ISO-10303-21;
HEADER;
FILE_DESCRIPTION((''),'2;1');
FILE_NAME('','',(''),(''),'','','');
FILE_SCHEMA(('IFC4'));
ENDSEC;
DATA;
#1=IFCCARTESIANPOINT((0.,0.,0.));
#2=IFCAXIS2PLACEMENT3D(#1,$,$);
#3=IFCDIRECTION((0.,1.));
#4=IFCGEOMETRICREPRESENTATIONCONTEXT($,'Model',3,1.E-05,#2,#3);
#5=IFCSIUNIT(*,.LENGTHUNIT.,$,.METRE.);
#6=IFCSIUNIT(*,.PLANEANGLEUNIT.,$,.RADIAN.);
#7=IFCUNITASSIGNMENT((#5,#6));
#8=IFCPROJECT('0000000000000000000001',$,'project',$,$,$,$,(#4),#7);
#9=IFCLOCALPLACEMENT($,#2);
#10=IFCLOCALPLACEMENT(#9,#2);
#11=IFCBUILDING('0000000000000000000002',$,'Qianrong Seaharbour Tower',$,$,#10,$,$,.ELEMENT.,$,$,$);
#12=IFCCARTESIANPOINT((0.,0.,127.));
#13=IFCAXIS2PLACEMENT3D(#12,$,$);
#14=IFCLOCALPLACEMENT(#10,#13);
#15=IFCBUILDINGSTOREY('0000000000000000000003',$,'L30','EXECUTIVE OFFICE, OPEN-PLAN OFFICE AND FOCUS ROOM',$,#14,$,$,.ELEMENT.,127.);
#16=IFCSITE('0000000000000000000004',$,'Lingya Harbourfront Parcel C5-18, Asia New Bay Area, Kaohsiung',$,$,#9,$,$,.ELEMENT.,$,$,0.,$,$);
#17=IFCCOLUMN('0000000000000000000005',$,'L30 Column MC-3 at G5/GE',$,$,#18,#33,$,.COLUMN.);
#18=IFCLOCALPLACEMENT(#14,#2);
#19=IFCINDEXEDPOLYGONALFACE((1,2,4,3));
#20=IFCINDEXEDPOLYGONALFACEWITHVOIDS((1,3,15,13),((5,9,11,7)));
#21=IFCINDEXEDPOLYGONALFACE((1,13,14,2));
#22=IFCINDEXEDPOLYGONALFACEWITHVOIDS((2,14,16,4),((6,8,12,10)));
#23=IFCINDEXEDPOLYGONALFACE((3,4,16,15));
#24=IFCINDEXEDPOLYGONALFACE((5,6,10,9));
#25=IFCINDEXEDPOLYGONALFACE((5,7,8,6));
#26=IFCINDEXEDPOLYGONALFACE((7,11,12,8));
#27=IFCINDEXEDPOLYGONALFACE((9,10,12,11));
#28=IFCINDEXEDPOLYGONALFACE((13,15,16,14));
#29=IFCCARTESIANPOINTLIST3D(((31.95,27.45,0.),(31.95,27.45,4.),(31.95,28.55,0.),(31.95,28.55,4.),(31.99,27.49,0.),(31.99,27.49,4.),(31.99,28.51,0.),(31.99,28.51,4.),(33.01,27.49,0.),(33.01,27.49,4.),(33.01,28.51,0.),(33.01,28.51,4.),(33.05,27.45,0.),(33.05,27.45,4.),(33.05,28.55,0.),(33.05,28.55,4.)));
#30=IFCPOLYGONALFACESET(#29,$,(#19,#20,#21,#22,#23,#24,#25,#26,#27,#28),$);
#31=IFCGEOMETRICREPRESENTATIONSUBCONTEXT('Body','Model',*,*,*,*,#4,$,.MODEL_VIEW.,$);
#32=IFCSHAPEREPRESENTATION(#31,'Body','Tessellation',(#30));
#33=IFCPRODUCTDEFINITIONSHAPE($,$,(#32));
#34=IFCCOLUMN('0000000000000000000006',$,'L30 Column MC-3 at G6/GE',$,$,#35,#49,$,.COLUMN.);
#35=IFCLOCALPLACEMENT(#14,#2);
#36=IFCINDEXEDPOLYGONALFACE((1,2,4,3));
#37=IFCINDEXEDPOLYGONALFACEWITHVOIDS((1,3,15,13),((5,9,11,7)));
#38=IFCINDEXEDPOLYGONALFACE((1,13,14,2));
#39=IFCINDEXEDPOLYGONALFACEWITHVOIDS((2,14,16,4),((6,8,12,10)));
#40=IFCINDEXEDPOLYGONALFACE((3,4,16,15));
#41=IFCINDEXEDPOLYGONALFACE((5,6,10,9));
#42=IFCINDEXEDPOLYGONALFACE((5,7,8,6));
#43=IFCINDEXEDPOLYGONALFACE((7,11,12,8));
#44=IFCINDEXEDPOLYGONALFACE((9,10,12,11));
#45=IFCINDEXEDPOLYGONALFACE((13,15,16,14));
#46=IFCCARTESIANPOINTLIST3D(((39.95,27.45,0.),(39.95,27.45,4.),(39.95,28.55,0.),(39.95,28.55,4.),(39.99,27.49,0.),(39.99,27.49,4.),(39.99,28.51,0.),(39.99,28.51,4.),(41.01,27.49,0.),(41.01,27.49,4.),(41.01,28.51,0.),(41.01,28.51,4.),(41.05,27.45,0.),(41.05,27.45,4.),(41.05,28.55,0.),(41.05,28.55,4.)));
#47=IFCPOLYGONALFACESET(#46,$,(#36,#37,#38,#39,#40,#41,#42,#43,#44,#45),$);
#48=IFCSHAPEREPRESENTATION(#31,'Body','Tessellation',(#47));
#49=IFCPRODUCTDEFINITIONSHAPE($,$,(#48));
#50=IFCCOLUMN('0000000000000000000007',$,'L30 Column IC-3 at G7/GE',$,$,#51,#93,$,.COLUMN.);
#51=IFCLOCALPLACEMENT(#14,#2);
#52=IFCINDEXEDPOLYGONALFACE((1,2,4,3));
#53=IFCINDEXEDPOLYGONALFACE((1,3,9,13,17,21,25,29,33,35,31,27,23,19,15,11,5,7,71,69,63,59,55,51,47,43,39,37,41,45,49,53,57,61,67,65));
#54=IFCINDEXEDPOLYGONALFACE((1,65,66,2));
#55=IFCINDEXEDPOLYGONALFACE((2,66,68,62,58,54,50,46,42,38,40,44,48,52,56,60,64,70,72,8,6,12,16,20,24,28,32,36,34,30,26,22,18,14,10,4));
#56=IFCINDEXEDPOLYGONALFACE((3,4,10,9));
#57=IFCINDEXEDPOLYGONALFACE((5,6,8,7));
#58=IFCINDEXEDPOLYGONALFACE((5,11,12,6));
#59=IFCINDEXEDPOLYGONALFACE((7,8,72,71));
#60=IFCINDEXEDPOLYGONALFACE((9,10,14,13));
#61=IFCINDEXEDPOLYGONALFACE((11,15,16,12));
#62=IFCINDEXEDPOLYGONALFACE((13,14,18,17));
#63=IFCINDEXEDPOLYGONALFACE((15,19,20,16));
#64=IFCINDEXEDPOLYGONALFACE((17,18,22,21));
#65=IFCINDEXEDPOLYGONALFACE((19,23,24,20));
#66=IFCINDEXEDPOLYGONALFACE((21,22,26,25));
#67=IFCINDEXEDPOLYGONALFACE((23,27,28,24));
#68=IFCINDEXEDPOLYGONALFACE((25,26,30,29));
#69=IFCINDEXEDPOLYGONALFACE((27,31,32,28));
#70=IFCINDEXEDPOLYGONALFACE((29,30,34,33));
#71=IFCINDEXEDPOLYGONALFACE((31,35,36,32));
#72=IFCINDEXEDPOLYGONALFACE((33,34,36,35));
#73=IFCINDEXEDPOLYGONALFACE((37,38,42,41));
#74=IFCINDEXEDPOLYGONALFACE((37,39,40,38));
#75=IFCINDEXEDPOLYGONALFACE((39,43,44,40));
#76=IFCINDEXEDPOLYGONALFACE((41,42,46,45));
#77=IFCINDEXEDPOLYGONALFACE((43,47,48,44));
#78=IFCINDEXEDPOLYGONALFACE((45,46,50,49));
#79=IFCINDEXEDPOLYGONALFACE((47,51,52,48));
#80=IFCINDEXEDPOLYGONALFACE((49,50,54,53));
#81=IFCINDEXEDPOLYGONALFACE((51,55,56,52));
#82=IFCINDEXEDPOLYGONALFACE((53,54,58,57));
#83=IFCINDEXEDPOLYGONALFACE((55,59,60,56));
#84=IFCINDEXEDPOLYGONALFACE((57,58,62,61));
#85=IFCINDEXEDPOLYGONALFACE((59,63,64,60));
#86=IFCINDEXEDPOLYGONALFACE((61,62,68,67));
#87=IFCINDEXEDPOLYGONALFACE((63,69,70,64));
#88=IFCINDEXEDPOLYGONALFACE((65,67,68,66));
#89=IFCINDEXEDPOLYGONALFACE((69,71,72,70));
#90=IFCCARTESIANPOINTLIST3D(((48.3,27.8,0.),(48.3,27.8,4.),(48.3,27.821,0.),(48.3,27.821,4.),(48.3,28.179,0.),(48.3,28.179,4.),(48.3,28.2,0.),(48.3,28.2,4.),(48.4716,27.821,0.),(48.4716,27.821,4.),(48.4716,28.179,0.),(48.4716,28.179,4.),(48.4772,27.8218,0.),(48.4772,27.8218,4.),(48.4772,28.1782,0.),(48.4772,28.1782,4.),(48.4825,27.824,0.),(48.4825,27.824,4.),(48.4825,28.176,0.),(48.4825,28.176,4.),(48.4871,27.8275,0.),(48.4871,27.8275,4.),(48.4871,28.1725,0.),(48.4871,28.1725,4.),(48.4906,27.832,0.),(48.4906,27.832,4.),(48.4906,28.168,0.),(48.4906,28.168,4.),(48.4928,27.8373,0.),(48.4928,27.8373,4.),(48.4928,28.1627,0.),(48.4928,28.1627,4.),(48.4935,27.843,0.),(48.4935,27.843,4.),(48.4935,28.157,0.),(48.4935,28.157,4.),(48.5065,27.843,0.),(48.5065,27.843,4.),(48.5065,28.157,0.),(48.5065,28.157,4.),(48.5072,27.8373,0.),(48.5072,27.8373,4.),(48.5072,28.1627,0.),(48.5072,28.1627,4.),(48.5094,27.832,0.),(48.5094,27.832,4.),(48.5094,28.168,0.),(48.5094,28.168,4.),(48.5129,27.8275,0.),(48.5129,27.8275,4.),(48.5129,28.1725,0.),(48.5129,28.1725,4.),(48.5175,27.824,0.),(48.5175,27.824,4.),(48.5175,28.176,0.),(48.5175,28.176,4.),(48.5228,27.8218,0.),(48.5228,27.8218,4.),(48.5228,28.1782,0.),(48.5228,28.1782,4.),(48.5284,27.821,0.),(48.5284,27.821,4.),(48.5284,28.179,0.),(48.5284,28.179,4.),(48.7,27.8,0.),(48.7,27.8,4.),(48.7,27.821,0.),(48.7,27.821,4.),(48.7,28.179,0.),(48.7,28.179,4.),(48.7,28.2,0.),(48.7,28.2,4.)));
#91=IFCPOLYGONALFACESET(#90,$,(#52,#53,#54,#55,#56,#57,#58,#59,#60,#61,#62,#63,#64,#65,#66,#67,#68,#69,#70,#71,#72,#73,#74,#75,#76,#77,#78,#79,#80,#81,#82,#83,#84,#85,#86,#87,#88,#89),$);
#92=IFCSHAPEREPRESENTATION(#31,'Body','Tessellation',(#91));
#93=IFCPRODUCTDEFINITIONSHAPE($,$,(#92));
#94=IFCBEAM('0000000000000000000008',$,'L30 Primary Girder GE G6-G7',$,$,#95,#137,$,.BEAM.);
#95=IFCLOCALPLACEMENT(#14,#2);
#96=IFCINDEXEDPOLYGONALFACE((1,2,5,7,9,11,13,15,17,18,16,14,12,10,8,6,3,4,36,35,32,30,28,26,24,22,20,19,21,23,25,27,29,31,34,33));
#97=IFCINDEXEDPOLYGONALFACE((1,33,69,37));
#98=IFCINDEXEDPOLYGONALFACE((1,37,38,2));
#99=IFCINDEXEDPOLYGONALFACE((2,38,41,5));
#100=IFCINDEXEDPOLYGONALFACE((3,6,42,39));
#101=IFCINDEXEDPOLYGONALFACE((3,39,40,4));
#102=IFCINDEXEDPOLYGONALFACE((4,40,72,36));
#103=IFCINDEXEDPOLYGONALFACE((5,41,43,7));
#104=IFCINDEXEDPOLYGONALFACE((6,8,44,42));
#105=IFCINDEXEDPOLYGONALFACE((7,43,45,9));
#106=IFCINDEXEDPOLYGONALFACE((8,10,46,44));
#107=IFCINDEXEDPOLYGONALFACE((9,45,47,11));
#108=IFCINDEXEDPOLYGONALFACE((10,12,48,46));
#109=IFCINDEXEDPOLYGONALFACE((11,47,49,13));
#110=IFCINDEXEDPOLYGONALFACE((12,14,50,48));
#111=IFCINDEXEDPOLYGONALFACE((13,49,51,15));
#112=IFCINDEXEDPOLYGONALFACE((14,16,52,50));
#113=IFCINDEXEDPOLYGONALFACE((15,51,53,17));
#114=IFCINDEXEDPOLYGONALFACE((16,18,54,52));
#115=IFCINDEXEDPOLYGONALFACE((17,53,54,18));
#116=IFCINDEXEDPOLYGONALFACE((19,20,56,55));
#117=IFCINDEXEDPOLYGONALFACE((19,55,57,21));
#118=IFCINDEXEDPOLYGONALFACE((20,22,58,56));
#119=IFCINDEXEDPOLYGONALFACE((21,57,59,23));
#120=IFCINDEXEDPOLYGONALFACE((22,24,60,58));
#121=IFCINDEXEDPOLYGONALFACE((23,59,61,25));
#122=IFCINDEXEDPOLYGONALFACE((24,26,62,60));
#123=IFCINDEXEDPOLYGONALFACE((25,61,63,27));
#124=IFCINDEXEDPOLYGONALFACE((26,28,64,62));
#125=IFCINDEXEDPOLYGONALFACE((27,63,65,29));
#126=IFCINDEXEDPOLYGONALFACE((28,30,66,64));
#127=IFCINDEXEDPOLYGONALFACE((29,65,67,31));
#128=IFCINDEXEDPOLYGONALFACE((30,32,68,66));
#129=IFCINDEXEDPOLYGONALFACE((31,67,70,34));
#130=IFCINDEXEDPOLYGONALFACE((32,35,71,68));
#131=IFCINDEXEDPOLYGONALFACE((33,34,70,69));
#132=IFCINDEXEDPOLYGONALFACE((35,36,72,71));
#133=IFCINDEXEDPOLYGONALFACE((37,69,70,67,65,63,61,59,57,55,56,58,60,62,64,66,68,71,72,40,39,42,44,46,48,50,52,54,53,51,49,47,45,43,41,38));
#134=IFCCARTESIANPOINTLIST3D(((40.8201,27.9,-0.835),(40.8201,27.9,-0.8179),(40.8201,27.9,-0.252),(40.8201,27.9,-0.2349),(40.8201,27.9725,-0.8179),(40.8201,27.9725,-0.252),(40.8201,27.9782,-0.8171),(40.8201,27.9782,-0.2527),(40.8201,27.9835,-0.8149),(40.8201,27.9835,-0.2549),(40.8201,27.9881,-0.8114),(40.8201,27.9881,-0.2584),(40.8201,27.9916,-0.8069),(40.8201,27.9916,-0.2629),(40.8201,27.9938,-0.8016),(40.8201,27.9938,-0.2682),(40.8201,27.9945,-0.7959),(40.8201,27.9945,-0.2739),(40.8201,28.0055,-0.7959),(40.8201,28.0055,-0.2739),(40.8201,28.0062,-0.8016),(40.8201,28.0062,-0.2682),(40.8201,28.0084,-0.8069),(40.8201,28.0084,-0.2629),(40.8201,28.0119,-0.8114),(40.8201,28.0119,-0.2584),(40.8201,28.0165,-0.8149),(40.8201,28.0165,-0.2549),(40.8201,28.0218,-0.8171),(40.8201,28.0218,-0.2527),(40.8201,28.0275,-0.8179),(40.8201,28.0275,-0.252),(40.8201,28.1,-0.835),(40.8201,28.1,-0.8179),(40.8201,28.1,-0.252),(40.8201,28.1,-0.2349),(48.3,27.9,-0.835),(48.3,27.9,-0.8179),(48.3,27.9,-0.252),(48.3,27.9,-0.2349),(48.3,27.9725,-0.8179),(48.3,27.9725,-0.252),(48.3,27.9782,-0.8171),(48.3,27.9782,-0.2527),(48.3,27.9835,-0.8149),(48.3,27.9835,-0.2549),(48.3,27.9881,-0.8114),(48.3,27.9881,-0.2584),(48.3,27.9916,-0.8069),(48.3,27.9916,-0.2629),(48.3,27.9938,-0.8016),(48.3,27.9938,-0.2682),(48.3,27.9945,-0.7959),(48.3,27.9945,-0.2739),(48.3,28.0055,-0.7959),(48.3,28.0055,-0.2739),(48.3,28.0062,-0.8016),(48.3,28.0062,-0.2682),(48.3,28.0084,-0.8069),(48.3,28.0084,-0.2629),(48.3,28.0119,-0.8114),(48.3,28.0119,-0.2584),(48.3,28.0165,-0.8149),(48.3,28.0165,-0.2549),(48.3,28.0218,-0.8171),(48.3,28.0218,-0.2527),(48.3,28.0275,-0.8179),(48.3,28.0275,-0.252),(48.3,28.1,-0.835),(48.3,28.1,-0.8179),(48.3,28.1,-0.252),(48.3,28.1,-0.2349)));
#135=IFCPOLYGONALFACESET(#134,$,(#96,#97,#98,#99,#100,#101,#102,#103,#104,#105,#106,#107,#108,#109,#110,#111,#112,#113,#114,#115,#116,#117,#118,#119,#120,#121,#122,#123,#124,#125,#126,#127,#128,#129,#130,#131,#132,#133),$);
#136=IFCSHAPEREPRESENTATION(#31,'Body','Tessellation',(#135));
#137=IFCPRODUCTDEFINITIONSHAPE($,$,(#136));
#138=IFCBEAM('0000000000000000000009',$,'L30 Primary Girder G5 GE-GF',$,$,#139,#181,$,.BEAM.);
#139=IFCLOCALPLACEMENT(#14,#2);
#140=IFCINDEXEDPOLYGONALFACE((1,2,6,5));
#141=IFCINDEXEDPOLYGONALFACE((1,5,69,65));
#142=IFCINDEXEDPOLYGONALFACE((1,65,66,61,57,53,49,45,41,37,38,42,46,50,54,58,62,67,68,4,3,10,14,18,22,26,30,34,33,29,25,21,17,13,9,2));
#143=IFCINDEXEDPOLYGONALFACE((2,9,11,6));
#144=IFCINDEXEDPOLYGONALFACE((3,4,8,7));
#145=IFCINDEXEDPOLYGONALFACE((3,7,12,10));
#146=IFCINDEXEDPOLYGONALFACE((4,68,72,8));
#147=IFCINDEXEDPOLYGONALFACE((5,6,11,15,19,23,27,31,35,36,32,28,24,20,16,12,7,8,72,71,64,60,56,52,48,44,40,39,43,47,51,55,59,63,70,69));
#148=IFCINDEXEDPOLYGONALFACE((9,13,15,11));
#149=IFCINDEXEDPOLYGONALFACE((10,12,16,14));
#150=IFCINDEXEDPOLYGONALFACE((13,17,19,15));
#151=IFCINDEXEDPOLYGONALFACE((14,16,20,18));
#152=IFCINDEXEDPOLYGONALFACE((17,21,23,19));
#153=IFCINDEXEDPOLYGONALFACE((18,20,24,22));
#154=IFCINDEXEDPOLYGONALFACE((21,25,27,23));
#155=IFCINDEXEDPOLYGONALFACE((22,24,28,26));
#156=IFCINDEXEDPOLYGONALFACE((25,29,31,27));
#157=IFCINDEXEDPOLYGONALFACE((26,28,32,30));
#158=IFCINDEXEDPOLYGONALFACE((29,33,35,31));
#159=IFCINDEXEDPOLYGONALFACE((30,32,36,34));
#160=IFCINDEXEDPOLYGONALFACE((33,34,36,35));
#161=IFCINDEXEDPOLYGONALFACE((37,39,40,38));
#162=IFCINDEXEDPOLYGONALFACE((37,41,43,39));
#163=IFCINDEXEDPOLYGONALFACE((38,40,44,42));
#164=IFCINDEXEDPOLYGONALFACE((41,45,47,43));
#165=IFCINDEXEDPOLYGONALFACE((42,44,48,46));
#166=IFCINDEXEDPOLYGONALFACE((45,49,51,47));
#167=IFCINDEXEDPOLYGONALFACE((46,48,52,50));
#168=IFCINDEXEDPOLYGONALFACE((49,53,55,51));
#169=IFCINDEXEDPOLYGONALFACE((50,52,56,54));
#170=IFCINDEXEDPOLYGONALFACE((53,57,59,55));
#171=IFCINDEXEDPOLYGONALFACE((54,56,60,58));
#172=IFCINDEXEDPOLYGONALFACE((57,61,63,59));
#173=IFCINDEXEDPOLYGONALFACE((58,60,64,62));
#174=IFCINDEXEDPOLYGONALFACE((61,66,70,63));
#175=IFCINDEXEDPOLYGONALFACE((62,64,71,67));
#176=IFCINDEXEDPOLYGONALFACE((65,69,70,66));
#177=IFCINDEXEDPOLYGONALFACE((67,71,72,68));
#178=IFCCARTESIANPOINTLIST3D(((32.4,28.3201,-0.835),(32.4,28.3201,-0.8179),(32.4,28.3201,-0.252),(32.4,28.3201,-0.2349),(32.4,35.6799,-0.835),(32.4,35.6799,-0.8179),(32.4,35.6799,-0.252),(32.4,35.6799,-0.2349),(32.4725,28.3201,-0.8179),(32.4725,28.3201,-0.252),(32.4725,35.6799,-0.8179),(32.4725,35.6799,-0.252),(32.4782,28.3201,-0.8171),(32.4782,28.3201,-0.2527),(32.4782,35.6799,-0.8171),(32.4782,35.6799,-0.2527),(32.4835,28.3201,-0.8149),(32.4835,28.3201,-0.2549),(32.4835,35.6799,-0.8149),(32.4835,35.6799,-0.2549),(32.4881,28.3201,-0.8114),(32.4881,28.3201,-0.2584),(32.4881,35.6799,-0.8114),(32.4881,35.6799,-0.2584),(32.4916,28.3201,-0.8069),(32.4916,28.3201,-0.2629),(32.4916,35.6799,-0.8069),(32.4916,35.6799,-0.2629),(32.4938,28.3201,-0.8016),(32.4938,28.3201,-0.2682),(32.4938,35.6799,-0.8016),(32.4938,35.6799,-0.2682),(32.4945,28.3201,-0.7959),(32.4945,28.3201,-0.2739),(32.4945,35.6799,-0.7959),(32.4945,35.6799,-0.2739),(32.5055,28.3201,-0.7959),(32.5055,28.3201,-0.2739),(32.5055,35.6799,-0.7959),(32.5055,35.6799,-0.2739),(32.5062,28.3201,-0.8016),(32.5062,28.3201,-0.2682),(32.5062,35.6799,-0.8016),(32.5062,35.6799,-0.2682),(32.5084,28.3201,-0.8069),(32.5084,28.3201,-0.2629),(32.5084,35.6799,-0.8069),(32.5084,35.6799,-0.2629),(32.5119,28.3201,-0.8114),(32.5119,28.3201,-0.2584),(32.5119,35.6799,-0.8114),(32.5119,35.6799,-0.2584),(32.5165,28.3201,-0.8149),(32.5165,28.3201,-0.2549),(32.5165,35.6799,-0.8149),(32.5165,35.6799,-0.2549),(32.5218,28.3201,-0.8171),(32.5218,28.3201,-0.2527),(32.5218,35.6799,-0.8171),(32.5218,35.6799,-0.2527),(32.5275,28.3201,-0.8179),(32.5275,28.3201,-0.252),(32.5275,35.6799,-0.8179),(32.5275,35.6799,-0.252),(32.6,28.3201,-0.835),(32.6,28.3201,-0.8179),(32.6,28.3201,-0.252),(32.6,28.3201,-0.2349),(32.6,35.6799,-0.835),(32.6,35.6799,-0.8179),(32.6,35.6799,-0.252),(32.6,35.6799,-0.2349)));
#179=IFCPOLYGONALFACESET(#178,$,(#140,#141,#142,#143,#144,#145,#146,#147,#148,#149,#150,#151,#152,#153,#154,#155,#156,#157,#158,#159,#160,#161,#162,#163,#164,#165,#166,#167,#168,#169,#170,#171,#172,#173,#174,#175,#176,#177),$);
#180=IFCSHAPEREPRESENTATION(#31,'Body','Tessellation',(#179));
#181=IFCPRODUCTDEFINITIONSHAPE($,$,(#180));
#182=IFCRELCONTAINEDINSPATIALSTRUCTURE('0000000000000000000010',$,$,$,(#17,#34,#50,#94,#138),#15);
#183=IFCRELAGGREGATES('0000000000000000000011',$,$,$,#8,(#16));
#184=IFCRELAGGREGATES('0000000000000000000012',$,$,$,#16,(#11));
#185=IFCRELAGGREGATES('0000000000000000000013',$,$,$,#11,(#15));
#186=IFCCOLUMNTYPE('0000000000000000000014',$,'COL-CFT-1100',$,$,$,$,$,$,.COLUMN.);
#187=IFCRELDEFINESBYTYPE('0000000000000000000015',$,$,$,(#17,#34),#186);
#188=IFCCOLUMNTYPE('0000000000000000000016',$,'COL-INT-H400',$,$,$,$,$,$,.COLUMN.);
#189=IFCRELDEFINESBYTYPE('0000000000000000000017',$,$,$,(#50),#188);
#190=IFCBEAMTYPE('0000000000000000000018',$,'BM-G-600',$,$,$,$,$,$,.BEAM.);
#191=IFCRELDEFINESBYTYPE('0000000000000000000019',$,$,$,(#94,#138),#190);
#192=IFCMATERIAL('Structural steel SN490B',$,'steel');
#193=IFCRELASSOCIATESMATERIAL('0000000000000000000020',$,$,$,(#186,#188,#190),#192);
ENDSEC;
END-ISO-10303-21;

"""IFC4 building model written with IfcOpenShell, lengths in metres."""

from ifc_helpers import new_model, si_unit, direction, frame, origin, origin_2d, place, context, subcontext, project, spatial, hollow_rectangle, i_section, extrude, material, material_profile, profile_set, type_object, element, save


model = new_model("IFC4")

# Units and contexts
model_context = context("Model", 3, precision=1e-05, world=origin(), true_north=direction((0.0, 1.0)))
body_context = subcontext(model_context, "Body", "Model", "MODEL_VIEW")
ifc_project = project(units=[si_unit("LENGTHUNIT", "METRE"), si_unit("PLANEANGLEUNIT", "RADIAN")], contexts=[model_context])

# Site, building, storey
site_placement = place(None, origin())
site = spatial("IfcSite", under=ifc_project, at=site_placement, Name="Lingya Harbourfront Parcel C5-18, Asia New Bay Area, Kaohsiung", CompositionType="ELEMENT", RefElevation=0.0)
building_placement = place(site_placement, origin())
building = spatial("IfcBuilding", under=site, at=building_placement, Name="Qianrong Seaharbour Tower", CompositionType="ELEMENT")
storey_placement = place(building_placement, frame((0.0, 0.0, 127.0)))
storey = spatial("IfcBuildingStorey", under=building, at=storey_placement, Name="L30", Description="EXECUTIVE OFFICE, OPEN-PLAN OFFICE AND FOCUS ROOM", CompositionType="ELEMENT", Elevation=127.0)

# Columns
ifc_material_1 = material(Name="Structural steel SN490B", Category="steel")
ifc_material_profile_1 = material_profile(ifc_material_1, hollow_rectangle(XDim=1.1001, YDim=1.1001, WallThickness=0.04, at=origin_2d()), Name="BOX1100x1100x40")
ifc_profile_set_1 = profile_set([ifc_material_profile_1], Name="Structural steel SN490B")
column_type_1 = type_object("IfcColumnType", Name="COL-CFT-1100", PredefinedType="COLUMN", material=ifc_profile_set_1)
for number, where, z_axis, x_axis, name in (
    (1, (32.5, 28.0, 0.0), (0.0, 0.0, 1.0), (1.0, 0.0, 0.0), "L30 Column MC-3 at G5/GE"),
    (2, (40.5, 28.0, 0.0), (0.0, 0.0, 1.0), (1.0, 0.0, 0.0), "L30 Column MC-3 at G6/GE"),
):
    element("IfcColumn", number, at=place(storey_placement, frame(where, z_axis=z_axis, x_axis=x_axis)), inside=storey, type_object=column_type_1, Name=name, PredefinedType="COLUMN", context=body_context, shape_type="SweptSolid", body=[
        extrude(hollow_rectangle(XDim=1.1001, YDim=1.1001, WallThickness=0.04, at=origin_2d()), origin(), (0.0, 0.0, 1.0), 4.0),
    ])
ifc_material_profile_2 = material_profile(ifc_material_1, i_section(OverallWidth=0.3999, OverallDepth=0.3999, WebThickness=0.0129, FlangeThickness=0.021, FilletRadius=0.022, at=origin_2d()), Name="H400x400x13x21")
ifc_profile_set_2 = profile_set([ifc_material_profile_2], Name="Structural steel SN490B")
column_type_2 = type_object("IfcColumnType", Name="COL-INT-H400", PredefinedType="COLUMN", material=ifc_profile_set_2)
column_placement = place(storey_placement, frame((48.5, 28.0, 0.0), z_axis=(0.0, 0.0, 1.0), x_axis=(1.0, 0.0, 0.0)))
element("IfcColumn", 3, at=column_placement, inside=storey, type_object=column_type_2, Name="L30 Column IC-3 at G7/GE", PredefinedType="COLUMN", context=body_context, shape_type="SweptSolid", body=[
    extrude(i_section(OverallWidth=0.3999, OverallDepth=0.3999, WebThickness=0.0129, FlangeThickness=0.021, FilletRadius=0.022, at=origin_2d()), origin(), (0.0, 0.0, 1.0), 4.0),
])

# Beams
ifc_material_profile_3 = material_profile(ifc_material_1, i_section(OverallWidth=0.2, OverallDepth=0.6001, WebThickness=0.011, FlangeThickness=0.0171, FilletRadius=0.022, at=origin_2d()), Name="H600x200x11x17")
ifc_profile_set_3 = profile_set([ifc_material_profile_3], Name="Structural steel SN490B")
beam_type_1 = type_object("IfcBeamType", Name="BM-G-600", PredefinedType="BEAM", material=ifc_profile_set_3)
beam_1_placement = place(storey_placement, frame((40.8201, 28.0, -0.5349), z_axis=(1.0, 0.0, 0.0), x_axis=(0.0, 1.0, 0.0)))
element("IfcBeam", 4, at=beam_1_placement, inside=storey, type_object=beam_type_1, Name="L30 Primary Girder GE G6-G7", PredefinedType="BEAM", context=body_context, shape_type="SweptSolid", body=[
    extrude(i_section(OverallWidth=0.2, OverallDepth=0.6001, WebThickness=0.011, FlangeThickness=0.0171, FilletRadius=0.022, at=origin_2d()), origin(), (0.0, 0.0, 1.0), 7.48),
])
for number, where, z_axis, x_axis, name in (
    (5, (32.5, 28.3201, -0.5349), (0.0, 1.0, 0.0), (-1.0, 0.0, 0.0), "L30 Primary Girder G5 GE-GF"),
):
    element("IfcBeam", number, at=place(storey_placement, frame(where, z_axis=z_axis, x_axis=x_axis)), inside=storey, type_object=beam_type_1, Name=name, PredefinedType="BEAM", context=body_context, shape_type="SweptSolid", body=[
        extrude(i_section(OverallWidth=0.2, OverallDepth=0.6001, WebThickness=0.011, FlangeThickness=0.0171, FilletRadius=0.022, at=origin_2d()), origin(), (0.0, 0.0, 1.0), 7.3599),
    ])

save(model, "model.ifc")
